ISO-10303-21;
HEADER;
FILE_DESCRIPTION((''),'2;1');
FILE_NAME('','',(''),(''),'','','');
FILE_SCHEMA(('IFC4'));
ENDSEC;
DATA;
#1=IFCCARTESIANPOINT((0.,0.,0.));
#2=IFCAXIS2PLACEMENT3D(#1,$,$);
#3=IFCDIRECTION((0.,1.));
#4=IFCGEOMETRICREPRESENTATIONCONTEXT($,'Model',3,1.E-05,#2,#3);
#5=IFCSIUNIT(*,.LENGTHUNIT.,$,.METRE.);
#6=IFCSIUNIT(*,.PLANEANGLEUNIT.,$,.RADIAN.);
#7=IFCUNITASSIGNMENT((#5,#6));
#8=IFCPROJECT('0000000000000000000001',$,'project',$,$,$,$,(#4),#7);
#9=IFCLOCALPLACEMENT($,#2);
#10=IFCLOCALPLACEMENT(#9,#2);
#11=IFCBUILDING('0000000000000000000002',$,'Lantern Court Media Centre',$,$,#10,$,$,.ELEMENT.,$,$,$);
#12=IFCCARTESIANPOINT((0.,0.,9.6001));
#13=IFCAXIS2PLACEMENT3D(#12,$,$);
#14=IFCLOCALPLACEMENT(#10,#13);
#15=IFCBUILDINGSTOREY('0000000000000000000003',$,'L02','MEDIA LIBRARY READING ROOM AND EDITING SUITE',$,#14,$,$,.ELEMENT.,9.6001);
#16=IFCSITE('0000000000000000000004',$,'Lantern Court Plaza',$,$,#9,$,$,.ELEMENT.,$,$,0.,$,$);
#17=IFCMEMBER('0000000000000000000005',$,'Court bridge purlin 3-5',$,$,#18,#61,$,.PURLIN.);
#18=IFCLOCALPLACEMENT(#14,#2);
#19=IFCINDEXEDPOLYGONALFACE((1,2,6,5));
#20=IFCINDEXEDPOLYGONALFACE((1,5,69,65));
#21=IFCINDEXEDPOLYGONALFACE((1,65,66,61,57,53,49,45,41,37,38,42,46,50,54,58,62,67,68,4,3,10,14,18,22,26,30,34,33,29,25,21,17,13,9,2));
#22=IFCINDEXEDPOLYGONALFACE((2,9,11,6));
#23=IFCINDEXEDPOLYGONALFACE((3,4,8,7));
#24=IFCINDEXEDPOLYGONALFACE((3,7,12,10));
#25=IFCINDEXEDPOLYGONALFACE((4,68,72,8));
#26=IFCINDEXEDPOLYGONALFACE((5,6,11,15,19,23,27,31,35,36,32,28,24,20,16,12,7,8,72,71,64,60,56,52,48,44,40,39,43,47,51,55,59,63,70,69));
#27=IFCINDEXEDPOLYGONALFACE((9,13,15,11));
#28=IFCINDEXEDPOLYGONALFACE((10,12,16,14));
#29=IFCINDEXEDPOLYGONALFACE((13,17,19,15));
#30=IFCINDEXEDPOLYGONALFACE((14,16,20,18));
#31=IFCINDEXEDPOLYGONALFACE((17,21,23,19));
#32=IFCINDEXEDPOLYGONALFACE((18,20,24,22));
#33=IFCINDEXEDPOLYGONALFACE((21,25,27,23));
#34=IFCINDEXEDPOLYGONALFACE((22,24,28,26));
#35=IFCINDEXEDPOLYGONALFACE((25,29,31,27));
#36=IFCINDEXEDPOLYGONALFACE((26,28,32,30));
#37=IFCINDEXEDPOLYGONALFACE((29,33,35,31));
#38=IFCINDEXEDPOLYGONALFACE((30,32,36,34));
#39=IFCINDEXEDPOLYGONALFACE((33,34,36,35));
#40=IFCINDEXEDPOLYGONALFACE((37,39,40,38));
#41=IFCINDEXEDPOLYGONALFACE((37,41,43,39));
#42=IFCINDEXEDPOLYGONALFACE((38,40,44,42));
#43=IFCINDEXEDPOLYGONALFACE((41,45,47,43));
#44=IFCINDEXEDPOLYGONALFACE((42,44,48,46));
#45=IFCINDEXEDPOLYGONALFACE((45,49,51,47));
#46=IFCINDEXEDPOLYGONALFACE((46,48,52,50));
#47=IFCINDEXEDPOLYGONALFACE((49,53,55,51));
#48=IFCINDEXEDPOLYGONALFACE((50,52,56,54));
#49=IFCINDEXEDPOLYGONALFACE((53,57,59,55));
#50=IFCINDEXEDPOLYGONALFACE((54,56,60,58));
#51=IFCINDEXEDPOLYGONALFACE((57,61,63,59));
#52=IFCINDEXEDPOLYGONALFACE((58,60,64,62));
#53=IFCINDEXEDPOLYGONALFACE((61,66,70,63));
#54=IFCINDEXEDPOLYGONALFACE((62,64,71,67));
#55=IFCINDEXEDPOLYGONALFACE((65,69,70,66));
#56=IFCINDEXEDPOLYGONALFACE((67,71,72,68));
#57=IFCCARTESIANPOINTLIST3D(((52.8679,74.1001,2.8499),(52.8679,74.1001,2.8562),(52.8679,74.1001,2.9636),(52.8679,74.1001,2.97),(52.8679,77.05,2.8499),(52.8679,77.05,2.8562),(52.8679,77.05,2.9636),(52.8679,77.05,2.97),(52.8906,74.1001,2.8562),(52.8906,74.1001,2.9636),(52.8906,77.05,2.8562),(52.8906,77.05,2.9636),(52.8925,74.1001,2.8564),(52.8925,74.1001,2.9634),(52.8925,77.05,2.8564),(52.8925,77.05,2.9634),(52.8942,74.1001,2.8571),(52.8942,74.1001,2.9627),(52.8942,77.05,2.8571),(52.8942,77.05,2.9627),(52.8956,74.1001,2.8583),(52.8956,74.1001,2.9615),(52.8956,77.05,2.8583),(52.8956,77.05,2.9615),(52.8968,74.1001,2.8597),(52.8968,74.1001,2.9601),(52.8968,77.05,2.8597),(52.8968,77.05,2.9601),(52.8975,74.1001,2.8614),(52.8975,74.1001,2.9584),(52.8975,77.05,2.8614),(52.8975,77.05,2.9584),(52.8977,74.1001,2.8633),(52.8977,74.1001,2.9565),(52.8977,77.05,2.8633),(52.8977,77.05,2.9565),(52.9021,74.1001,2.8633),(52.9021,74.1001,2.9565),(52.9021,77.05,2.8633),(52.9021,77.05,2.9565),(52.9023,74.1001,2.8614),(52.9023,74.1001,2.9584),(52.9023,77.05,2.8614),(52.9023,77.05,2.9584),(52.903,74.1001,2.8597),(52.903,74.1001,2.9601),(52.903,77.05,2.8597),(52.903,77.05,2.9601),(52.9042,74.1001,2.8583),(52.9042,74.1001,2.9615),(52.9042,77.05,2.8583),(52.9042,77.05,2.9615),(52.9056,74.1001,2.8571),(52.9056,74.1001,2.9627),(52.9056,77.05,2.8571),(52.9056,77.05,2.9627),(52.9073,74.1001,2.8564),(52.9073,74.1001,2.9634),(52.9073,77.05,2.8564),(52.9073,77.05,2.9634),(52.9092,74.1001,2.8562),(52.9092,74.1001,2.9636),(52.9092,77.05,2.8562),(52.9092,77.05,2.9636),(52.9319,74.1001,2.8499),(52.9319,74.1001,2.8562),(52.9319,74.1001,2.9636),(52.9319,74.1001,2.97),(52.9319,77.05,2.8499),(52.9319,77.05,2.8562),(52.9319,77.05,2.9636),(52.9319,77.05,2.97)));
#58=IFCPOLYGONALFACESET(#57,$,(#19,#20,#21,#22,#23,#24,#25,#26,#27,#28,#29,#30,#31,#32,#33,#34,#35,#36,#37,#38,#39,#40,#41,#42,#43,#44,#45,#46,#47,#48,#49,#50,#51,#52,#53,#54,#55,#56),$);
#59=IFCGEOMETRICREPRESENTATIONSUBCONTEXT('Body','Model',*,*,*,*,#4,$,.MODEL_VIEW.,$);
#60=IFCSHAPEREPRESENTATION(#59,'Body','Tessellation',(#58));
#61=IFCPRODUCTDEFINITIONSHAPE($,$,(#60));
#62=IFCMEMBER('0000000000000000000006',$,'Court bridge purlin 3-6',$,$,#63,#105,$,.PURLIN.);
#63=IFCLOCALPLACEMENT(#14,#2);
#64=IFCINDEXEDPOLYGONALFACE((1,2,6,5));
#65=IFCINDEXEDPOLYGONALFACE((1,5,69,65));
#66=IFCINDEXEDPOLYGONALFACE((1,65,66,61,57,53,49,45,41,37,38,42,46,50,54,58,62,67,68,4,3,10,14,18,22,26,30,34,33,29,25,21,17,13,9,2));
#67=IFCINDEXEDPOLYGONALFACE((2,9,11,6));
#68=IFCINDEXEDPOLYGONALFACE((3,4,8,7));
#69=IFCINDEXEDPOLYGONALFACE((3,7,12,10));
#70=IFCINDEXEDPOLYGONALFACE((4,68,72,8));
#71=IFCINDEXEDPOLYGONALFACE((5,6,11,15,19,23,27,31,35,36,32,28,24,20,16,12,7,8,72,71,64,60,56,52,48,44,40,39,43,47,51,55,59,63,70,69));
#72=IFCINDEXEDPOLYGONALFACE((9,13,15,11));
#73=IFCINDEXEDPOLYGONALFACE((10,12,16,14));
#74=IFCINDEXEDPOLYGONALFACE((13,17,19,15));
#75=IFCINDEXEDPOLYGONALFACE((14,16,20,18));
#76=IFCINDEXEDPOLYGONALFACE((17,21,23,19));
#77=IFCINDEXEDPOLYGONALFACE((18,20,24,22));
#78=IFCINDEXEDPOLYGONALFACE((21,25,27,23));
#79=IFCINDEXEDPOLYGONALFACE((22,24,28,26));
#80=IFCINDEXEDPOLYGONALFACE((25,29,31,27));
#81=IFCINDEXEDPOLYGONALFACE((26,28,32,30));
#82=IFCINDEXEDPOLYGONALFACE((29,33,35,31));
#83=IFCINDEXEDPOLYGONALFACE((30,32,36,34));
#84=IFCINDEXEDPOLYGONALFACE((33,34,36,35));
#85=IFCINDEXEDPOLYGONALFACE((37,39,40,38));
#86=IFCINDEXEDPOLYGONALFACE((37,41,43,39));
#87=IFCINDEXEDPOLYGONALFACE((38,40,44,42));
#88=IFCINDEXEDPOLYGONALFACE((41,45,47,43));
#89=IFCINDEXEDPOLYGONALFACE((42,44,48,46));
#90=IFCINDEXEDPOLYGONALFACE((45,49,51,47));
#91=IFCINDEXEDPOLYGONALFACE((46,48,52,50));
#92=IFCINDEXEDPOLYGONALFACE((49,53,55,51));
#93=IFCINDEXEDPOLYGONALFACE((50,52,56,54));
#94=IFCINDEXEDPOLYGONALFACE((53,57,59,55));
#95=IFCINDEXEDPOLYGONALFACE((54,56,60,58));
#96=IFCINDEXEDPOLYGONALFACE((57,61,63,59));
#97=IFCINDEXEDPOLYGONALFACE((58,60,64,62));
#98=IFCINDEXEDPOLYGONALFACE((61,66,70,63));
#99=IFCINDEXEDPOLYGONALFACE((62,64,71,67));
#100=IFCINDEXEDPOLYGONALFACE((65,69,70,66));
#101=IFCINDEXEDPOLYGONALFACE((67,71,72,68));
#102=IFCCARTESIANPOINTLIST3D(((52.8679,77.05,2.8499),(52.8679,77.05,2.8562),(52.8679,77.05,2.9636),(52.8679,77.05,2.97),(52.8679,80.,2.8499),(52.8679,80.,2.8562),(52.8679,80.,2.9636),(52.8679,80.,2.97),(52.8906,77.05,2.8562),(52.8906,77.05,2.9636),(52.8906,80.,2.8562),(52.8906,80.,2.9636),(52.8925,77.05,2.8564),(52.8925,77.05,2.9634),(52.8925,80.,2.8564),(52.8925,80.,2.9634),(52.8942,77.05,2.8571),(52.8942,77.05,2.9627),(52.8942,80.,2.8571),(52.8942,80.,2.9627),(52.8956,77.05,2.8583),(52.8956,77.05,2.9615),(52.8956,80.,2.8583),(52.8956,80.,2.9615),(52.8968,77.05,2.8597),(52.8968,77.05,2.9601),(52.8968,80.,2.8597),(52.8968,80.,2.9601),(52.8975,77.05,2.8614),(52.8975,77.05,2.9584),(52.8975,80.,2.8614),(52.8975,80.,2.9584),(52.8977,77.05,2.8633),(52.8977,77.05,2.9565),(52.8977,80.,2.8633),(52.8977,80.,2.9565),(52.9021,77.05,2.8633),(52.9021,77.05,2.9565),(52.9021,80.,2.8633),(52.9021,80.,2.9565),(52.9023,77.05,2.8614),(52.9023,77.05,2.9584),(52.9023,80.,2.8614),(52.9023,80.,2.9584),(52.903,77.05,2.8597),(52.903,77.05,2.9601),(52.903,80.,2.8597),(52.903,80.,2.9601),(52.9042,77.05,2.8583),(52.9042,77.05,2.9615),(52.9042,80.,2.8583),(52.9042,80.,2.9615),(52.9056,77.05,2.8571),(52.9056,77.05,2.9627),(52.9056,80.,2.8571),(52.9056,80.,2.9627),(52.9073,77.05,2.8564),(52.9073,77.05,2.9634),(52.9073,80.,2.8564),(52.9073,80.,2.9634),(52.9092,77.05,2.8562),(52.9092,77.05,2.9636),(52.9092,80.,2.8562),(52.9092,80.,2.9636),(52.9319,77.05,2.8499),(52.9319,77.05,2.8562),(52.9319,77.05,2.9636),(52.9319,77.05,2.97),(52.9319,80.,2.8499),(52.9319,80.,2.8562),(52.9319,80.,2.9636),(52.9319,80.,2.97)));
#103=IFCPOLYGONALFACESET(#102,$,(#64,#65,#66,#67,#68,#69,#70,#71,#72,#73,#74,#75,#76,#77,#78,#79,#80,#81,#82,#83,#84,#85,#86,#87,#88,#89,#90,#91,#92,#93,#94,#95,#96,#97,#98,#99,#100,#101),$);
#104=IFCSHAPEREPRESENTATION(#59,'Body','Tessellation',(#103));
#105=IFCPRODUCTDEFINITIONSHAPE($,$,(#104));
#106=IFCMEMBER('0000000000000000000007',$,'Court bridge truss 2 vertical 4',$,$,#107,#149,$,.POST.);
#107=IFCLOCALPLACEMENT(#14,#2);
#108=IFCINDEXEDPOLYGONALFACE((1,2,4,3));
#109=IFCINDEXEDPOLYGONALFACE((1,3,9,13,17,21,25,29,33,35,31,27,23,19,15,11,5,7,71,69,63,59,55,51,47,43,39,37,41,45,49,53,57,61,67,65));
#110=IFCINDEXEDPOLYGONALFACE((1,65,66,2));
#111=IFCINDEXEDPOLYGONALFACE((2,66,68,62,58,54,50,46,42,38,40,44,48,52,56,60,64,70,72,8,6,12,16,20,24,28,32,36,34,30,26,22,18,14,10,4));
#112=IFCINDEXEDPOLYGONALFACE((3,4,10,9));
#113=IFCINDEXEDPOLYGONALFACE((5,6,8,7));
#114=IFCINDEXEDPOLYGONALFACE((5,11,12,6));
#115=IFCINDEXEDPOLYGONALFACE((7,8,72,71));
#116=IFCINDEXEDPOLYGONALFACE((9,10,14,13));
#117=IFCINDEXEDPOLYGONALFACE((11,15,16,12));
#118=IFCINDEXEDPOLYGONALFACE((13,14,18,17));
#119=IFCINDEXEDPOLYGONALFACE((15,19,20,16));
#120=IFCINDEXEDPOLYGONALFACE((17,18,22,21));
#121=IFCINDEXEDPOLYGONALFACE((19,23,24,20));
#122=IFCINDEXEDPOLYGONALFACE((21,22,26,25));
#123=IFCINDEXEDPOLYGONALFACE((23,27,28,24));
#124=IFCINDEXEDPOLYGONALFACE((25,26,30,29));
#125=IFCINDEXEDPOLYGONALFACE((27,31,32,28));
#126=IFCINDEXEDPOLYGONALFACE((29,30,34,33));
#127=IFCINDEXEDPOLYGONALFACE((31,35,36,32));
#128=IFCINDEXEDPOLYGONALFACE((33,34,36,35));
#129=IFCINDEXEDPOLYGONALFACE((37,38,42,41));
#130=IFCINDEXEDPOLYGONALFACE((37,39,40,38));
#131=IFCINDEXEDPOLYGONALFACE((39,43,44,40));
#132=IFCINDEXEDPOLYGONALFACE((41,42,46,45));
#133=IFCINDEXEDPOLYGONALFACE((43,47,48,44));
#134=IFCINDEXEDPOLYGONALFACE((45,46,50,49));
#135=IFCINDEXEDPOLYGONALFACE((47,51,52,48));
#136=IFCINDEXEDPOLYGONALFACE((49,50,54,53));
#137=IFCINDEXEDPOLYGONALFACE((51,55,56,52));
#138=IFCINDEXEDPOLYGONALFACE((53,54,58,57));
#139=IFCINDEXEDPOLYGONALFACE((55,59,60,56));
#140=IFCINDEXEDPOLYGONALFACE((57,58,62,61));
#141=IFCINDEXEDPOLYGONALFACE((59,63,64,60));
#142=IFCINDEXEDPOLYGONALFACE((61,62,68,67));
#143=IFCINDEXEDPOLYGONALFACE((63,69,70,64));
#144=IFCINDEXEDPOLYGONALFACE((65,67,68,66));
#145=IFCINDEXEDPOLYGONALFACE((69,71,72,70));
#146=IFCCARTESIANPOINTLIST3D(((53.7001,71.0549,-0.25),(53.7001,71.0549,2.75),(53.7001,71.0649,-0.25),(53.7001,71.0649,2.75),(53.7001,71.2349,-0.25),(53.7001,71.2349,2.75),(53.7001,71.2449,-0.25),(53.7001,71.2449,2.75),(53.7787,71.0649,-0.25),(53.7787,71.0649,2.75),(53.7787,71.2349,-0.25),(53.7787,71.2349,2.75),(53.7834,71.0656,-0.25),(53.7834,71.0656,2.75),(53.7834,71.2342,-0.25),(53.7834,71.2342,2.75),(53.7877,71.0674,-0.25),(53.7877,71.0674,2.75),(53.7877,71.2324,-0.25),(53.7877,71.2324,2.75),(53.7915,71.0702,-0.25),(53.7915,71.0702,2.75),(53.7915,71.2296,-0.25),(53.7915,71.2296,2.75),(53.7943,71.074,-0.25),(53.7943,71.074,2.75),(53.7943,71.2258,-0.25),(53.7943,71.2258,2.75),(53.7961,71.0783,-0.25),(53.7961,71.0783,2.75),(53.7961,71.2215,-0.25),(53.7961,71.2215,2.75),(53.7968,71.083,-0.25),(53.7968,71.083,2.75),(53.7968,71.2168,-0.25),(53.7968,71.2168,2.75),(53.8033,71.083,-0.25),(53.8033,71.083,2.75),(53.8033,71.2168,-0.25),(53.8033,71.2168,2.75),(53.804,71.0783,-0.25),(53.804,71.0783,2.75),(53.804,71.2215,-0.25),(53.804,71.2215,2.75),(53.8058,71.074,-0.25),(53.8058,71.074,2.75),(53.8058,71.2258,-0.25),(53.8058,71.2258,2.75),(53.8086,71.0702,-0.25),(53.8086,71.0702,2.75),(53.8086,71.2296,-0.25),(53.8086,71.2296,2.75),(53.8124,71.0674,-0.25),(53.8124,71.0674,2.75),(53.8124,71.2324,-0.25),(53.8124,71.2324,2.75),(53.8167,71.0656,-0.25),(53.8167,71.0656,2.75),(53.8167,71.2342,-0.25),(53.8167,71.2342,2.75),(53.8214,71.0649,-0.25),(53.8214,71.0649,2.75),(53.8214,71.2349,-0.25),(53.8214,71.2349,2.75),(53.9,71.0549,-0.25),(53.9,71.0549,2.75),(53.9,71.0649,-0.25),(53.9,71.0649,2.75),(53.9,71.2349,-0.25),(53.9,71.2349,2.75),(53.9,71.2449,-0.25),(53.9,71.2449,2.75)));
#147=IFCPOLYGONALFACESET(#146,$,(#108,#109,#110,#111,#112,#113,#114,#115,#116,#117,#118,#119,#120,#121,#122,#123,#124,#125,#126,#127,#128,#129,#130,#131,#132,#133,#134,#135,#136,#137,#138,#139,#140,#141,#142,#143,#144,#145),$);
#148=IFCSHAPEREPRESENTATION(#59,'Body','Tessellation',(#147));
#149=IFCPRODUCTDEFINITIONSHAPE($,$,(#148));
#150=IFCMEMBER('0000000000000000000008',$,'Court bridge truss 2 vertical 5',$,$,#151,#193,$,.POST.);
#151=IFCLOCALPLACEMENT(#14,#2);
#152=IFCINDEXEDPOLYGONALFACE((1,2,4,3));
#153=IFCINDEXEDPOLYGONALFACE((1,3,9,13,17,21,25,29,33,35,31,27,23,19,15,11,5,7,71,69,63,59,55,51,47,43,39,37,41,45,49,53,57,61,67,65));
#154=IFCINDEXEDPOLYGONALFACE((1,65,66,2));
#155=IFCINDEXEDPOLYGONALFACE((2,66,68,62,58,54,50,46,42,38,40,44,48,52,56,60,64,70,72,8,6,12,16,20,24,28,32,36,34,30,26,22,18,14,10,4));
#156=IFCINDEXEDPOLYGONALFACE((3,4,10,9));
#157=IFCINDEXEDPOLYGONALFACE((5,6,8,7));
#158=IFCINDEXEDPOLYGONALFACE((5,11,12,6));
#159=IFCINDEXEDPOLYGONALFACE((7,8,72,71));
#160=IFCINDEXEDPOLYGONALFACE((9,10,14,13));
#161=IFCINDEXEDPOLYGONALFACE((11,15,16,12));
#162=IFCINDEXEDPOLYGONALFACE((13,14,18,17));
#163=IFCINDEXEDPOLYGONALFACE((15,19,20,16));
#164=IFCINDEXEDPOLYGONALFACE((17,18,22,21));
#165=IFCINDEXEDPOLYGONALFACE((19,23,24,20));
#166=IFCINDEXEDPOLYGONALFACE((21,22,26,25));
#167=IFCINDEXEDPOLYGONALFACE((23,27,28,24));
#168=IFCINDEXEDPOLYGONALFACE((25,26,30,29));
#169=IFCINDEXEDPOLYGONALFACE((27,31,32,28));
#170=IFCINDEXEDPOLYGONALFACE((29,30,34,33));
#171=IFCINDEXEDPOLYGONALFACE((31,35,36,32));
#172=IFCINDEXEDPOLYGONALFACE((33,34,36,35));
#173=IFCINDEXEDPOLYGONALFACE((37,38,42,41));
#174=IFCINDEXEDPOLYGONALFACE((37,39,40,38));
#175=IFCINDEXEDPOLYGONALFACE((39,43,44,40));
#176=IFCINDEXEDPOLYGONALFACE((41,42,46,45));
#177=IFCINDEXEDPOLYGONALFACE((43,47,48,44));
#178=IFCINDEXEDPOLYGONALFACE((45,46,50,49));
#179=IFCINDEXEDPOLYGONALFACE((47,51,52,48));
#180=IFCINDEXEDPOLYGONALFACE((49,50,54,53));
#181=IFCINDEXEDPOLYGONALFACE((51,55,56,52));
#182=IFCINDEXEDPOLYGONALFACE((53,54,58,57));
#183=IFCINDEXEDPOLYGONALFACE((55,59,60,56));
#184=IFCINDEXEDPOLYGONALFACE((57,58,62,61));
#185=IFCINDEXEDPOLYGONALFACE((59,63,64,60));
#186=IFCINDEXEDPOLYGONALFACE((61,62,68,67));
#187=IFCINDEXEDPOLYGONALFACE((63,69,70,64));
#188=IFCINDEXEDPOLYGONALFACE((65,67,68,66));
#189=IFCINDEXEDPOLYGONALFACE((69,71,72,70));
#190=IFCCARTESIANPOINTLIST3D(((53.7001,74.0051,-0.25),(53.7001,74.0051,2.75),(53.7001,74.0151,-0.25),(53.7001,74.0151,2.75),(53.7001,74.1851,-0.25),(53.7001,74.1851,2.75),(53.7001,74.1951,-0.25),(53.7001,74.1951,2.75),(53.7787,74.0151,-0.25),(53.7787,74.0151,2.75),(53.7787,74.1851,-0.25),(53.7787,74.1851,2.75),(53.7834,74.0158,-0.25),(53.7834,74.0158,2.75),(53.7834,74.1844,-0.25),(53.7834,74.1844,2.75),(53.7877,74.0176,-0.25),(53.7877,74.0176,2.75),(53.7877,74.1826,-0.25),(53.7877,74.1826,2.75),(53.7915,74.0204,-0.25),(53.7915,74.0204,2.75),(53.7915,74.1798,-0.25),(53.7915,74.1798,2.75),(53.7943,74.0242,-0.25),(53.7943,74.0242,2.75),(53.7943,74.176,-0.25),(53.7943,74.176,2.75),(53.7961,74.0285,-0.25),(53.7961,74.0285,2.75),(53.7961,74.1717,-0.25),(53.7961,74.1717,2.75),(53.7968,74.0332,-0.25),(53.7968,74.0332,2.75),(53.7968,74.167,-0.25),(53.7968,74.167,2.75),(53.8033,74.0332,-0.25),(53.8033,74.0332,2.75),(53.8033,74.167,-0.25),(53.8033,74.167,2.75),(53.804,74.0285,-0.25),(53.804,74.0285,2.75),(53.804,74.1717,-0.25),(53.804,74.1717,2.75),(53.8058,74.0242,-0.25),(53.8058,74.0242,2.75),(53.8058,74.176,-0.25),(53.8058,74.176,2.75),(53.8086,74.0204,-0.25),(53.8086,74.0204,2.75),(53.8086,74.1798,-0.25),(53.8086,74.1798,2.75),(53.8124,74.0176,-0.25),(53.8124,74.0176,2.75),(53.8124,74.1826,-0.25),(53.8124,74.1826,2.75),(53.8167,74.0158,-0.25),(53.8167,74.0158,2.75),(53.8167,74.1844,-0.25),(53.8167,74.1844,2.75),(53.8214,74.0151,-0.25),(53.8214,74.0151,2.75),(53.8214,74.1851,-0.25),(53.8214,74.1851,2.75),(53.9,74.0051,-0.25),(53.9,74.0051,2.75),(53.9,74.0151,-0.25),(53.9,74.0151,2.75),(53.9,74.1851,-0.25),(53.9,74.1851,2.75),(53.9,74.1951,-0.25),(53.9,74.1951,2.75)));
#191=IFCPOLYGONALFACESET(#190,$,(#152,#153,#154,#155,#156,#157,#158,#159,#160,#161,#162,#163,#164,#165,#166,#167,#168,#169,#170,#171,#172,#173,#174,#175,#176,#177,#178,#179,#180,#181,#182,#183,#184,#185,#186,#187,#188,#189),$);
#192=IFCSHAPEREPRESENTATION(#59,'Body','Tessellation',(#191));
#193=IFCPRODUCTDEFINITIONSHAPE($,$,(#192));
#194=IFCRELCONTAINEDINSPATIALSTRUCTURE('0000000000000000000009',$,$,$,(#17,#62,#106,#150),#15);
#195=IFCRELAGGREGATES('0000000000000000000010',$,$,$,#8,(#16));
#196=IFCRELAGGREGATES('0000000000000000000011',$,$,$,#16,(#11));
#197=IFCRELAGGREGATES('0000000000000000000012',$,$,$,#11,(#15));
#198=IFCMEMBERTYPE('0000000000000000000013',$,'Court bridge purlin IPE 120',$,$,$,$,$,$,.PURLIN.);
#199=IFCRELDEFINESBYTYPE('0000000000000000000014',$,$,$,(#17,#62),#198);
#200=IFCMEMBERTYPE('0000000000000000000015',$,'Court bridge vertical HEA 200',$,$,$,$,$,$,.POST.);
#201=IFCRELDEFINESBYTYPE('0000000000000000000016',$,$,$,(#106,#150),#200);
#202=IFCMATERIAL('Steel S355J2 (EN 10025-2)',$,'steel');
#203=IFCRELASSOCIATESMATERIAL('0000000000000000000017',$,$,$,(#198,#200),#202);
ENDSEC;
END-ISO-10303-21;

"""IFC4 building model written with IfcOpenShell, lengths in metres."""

from ifc_helpers import new_model, si_unit, direction, frame, origin, origin_2d, place, context, subcontext, project, spatial, i_section, extrude, material, material_profile, profile_set, type_object, element, save


model = new_model("IFC4")

# Units and contexts
model_context = context("Model", 3, precision=1e-05, world=origin(), true_north=direction((0.0, 1.0)))
body_context = subcontext(model_context, "Body", "Model", "MODEL_VIEW")
ifc_project = project(units=[si_unit("LENGTHUNIT", "METRE"), si_unit("PLANEANGLEUNIT", "RADIAN")], contexts=[model_context])

# Site, building, storey
site_placement = place(None, origin())
site = spatial("IfcSite", under=ifc_project, at=site_placement, Name="Lantern Court Plaza", CompositionType="ELEMENT", RefElevation=0.0)
building_placement = place(site_placement, origin())
building = spatial("IfcBuilding", under=site, at=building_placement, Name="Lantern Court Media Centre", CompositionType="ELEMENT")
storey_placement = place(building_placement, frame((0.0, 0.0, 9.6001)))
storey = spatial("IfcBuildingStorey", under=building, at=storey_placement, Name="L02", Description="MEDIA LIBRARY READING ROOM AND EDITING SUITE", CompositionType="ELEMENT", Elevation=9.6001)

# Shared definitions
ifc_material_1 = material(Name="Steel S355J2 (EN 10025-2)", Category="steel")

# Members
ifc_material_profile_1 = material_profile(ifc_material_1, i_section(OverallWidth=0.064, OverallDepth=0.1201, WebThickness=0.0044, FlangeThickness=0.0063, FilletRadius=0.0071, at=origin_2d()), Name="IPE 120")
ifc_profile_set_1 = profile_set([ifc_material_profile_1], Name="Steel S355J2 (EN 10025-2)")
member_type_1 = type_object("IfcMemberType", Name="Court bridge purlin IPE 120", PredefinedType="PURLIN", material=ifc_profile_set_1)
for number, where, z_axis, x_axis, name in (
    (1, (52.8999, 74.1001, 2.9099), (0.0, 1.0, 0.0), (-1.0, 0.0, 0.0), "Court bridge purlin 3-5"),
    (2, (52.8999, 77.05, 2.9099), (0.0, 1.0, 0.0), (-1.0, 0.0, 0.0), "Court bridge purlin 3-6"),
):
    element("IfcMember", number, at=place(storey_placement, frame(where, z_axis=z_axis, x_axis=x_axis)), inside=storey, type_object=member_type_1, Name=name, PredefinedType="PURLIN", context=body_context, shape_type="SweptSolid", body=[
        extrude(i_section(OverallWidth=0.064, OverallDepth=0.1201, WebThickness=0.0044, FlangeThickness=0.0063, FilletRadius=0.0071, at=origin_2d()), origin(), (0.0, 0.0, 1.0), 2.95),
    ])
ifc_material_profile_2 = material_profile(ifc_material_1, i_section(OverallWidth=0.2, OverallDepth=0.1899, WebThickness=0.0066, FlangeThickness=0.01, FilletRadius=0.0181, at=origin_2d()), Name="HEA 200")
ifc_profile_set_2 = profile_set([ifc_material_profile_2], Name="Steel S355J2 (EN 10025-2)")
member_type_2 = type_object("IfcMemberType", Name="Court bridge vertical HEA 200", PredefinedType="POST", material=ifc_profile_set_2)
for number, where, z_axis, x_axis, name in (
    (3, (53.8, 71.1499, -0.25), (0.0, 0.0, 1.0), (1.0, 0.0, 0.0), "Court bridge truss 2 vertical 4"),
    (4, (53.8, 74.1001, -0.25), (0.0, 0.0, 1.0), (1.0, 0.0, 0.0), "Court bridge truss 2 vertical 5"),
):
    element("IfcMember", number, at=place(storey_placement, frame(where, z_axis=z_axis, x_axis=x_axis)), inside=storey, type_object=member_type_2, Name=name, PredefinedType="POST", context=body_context, shape_type="SweptSolid", body=[
        extrude(i_section(OverallWidth=0.2, OverallDepth=0.1899, WebThickness=0.0066, FlangeThickness=0.01, FilletRadius=0.0181, at=origin_2d()), origin(), (0.0, 0.0, 1.0), 3.0),
    ])

save(model, "model.ifc")
